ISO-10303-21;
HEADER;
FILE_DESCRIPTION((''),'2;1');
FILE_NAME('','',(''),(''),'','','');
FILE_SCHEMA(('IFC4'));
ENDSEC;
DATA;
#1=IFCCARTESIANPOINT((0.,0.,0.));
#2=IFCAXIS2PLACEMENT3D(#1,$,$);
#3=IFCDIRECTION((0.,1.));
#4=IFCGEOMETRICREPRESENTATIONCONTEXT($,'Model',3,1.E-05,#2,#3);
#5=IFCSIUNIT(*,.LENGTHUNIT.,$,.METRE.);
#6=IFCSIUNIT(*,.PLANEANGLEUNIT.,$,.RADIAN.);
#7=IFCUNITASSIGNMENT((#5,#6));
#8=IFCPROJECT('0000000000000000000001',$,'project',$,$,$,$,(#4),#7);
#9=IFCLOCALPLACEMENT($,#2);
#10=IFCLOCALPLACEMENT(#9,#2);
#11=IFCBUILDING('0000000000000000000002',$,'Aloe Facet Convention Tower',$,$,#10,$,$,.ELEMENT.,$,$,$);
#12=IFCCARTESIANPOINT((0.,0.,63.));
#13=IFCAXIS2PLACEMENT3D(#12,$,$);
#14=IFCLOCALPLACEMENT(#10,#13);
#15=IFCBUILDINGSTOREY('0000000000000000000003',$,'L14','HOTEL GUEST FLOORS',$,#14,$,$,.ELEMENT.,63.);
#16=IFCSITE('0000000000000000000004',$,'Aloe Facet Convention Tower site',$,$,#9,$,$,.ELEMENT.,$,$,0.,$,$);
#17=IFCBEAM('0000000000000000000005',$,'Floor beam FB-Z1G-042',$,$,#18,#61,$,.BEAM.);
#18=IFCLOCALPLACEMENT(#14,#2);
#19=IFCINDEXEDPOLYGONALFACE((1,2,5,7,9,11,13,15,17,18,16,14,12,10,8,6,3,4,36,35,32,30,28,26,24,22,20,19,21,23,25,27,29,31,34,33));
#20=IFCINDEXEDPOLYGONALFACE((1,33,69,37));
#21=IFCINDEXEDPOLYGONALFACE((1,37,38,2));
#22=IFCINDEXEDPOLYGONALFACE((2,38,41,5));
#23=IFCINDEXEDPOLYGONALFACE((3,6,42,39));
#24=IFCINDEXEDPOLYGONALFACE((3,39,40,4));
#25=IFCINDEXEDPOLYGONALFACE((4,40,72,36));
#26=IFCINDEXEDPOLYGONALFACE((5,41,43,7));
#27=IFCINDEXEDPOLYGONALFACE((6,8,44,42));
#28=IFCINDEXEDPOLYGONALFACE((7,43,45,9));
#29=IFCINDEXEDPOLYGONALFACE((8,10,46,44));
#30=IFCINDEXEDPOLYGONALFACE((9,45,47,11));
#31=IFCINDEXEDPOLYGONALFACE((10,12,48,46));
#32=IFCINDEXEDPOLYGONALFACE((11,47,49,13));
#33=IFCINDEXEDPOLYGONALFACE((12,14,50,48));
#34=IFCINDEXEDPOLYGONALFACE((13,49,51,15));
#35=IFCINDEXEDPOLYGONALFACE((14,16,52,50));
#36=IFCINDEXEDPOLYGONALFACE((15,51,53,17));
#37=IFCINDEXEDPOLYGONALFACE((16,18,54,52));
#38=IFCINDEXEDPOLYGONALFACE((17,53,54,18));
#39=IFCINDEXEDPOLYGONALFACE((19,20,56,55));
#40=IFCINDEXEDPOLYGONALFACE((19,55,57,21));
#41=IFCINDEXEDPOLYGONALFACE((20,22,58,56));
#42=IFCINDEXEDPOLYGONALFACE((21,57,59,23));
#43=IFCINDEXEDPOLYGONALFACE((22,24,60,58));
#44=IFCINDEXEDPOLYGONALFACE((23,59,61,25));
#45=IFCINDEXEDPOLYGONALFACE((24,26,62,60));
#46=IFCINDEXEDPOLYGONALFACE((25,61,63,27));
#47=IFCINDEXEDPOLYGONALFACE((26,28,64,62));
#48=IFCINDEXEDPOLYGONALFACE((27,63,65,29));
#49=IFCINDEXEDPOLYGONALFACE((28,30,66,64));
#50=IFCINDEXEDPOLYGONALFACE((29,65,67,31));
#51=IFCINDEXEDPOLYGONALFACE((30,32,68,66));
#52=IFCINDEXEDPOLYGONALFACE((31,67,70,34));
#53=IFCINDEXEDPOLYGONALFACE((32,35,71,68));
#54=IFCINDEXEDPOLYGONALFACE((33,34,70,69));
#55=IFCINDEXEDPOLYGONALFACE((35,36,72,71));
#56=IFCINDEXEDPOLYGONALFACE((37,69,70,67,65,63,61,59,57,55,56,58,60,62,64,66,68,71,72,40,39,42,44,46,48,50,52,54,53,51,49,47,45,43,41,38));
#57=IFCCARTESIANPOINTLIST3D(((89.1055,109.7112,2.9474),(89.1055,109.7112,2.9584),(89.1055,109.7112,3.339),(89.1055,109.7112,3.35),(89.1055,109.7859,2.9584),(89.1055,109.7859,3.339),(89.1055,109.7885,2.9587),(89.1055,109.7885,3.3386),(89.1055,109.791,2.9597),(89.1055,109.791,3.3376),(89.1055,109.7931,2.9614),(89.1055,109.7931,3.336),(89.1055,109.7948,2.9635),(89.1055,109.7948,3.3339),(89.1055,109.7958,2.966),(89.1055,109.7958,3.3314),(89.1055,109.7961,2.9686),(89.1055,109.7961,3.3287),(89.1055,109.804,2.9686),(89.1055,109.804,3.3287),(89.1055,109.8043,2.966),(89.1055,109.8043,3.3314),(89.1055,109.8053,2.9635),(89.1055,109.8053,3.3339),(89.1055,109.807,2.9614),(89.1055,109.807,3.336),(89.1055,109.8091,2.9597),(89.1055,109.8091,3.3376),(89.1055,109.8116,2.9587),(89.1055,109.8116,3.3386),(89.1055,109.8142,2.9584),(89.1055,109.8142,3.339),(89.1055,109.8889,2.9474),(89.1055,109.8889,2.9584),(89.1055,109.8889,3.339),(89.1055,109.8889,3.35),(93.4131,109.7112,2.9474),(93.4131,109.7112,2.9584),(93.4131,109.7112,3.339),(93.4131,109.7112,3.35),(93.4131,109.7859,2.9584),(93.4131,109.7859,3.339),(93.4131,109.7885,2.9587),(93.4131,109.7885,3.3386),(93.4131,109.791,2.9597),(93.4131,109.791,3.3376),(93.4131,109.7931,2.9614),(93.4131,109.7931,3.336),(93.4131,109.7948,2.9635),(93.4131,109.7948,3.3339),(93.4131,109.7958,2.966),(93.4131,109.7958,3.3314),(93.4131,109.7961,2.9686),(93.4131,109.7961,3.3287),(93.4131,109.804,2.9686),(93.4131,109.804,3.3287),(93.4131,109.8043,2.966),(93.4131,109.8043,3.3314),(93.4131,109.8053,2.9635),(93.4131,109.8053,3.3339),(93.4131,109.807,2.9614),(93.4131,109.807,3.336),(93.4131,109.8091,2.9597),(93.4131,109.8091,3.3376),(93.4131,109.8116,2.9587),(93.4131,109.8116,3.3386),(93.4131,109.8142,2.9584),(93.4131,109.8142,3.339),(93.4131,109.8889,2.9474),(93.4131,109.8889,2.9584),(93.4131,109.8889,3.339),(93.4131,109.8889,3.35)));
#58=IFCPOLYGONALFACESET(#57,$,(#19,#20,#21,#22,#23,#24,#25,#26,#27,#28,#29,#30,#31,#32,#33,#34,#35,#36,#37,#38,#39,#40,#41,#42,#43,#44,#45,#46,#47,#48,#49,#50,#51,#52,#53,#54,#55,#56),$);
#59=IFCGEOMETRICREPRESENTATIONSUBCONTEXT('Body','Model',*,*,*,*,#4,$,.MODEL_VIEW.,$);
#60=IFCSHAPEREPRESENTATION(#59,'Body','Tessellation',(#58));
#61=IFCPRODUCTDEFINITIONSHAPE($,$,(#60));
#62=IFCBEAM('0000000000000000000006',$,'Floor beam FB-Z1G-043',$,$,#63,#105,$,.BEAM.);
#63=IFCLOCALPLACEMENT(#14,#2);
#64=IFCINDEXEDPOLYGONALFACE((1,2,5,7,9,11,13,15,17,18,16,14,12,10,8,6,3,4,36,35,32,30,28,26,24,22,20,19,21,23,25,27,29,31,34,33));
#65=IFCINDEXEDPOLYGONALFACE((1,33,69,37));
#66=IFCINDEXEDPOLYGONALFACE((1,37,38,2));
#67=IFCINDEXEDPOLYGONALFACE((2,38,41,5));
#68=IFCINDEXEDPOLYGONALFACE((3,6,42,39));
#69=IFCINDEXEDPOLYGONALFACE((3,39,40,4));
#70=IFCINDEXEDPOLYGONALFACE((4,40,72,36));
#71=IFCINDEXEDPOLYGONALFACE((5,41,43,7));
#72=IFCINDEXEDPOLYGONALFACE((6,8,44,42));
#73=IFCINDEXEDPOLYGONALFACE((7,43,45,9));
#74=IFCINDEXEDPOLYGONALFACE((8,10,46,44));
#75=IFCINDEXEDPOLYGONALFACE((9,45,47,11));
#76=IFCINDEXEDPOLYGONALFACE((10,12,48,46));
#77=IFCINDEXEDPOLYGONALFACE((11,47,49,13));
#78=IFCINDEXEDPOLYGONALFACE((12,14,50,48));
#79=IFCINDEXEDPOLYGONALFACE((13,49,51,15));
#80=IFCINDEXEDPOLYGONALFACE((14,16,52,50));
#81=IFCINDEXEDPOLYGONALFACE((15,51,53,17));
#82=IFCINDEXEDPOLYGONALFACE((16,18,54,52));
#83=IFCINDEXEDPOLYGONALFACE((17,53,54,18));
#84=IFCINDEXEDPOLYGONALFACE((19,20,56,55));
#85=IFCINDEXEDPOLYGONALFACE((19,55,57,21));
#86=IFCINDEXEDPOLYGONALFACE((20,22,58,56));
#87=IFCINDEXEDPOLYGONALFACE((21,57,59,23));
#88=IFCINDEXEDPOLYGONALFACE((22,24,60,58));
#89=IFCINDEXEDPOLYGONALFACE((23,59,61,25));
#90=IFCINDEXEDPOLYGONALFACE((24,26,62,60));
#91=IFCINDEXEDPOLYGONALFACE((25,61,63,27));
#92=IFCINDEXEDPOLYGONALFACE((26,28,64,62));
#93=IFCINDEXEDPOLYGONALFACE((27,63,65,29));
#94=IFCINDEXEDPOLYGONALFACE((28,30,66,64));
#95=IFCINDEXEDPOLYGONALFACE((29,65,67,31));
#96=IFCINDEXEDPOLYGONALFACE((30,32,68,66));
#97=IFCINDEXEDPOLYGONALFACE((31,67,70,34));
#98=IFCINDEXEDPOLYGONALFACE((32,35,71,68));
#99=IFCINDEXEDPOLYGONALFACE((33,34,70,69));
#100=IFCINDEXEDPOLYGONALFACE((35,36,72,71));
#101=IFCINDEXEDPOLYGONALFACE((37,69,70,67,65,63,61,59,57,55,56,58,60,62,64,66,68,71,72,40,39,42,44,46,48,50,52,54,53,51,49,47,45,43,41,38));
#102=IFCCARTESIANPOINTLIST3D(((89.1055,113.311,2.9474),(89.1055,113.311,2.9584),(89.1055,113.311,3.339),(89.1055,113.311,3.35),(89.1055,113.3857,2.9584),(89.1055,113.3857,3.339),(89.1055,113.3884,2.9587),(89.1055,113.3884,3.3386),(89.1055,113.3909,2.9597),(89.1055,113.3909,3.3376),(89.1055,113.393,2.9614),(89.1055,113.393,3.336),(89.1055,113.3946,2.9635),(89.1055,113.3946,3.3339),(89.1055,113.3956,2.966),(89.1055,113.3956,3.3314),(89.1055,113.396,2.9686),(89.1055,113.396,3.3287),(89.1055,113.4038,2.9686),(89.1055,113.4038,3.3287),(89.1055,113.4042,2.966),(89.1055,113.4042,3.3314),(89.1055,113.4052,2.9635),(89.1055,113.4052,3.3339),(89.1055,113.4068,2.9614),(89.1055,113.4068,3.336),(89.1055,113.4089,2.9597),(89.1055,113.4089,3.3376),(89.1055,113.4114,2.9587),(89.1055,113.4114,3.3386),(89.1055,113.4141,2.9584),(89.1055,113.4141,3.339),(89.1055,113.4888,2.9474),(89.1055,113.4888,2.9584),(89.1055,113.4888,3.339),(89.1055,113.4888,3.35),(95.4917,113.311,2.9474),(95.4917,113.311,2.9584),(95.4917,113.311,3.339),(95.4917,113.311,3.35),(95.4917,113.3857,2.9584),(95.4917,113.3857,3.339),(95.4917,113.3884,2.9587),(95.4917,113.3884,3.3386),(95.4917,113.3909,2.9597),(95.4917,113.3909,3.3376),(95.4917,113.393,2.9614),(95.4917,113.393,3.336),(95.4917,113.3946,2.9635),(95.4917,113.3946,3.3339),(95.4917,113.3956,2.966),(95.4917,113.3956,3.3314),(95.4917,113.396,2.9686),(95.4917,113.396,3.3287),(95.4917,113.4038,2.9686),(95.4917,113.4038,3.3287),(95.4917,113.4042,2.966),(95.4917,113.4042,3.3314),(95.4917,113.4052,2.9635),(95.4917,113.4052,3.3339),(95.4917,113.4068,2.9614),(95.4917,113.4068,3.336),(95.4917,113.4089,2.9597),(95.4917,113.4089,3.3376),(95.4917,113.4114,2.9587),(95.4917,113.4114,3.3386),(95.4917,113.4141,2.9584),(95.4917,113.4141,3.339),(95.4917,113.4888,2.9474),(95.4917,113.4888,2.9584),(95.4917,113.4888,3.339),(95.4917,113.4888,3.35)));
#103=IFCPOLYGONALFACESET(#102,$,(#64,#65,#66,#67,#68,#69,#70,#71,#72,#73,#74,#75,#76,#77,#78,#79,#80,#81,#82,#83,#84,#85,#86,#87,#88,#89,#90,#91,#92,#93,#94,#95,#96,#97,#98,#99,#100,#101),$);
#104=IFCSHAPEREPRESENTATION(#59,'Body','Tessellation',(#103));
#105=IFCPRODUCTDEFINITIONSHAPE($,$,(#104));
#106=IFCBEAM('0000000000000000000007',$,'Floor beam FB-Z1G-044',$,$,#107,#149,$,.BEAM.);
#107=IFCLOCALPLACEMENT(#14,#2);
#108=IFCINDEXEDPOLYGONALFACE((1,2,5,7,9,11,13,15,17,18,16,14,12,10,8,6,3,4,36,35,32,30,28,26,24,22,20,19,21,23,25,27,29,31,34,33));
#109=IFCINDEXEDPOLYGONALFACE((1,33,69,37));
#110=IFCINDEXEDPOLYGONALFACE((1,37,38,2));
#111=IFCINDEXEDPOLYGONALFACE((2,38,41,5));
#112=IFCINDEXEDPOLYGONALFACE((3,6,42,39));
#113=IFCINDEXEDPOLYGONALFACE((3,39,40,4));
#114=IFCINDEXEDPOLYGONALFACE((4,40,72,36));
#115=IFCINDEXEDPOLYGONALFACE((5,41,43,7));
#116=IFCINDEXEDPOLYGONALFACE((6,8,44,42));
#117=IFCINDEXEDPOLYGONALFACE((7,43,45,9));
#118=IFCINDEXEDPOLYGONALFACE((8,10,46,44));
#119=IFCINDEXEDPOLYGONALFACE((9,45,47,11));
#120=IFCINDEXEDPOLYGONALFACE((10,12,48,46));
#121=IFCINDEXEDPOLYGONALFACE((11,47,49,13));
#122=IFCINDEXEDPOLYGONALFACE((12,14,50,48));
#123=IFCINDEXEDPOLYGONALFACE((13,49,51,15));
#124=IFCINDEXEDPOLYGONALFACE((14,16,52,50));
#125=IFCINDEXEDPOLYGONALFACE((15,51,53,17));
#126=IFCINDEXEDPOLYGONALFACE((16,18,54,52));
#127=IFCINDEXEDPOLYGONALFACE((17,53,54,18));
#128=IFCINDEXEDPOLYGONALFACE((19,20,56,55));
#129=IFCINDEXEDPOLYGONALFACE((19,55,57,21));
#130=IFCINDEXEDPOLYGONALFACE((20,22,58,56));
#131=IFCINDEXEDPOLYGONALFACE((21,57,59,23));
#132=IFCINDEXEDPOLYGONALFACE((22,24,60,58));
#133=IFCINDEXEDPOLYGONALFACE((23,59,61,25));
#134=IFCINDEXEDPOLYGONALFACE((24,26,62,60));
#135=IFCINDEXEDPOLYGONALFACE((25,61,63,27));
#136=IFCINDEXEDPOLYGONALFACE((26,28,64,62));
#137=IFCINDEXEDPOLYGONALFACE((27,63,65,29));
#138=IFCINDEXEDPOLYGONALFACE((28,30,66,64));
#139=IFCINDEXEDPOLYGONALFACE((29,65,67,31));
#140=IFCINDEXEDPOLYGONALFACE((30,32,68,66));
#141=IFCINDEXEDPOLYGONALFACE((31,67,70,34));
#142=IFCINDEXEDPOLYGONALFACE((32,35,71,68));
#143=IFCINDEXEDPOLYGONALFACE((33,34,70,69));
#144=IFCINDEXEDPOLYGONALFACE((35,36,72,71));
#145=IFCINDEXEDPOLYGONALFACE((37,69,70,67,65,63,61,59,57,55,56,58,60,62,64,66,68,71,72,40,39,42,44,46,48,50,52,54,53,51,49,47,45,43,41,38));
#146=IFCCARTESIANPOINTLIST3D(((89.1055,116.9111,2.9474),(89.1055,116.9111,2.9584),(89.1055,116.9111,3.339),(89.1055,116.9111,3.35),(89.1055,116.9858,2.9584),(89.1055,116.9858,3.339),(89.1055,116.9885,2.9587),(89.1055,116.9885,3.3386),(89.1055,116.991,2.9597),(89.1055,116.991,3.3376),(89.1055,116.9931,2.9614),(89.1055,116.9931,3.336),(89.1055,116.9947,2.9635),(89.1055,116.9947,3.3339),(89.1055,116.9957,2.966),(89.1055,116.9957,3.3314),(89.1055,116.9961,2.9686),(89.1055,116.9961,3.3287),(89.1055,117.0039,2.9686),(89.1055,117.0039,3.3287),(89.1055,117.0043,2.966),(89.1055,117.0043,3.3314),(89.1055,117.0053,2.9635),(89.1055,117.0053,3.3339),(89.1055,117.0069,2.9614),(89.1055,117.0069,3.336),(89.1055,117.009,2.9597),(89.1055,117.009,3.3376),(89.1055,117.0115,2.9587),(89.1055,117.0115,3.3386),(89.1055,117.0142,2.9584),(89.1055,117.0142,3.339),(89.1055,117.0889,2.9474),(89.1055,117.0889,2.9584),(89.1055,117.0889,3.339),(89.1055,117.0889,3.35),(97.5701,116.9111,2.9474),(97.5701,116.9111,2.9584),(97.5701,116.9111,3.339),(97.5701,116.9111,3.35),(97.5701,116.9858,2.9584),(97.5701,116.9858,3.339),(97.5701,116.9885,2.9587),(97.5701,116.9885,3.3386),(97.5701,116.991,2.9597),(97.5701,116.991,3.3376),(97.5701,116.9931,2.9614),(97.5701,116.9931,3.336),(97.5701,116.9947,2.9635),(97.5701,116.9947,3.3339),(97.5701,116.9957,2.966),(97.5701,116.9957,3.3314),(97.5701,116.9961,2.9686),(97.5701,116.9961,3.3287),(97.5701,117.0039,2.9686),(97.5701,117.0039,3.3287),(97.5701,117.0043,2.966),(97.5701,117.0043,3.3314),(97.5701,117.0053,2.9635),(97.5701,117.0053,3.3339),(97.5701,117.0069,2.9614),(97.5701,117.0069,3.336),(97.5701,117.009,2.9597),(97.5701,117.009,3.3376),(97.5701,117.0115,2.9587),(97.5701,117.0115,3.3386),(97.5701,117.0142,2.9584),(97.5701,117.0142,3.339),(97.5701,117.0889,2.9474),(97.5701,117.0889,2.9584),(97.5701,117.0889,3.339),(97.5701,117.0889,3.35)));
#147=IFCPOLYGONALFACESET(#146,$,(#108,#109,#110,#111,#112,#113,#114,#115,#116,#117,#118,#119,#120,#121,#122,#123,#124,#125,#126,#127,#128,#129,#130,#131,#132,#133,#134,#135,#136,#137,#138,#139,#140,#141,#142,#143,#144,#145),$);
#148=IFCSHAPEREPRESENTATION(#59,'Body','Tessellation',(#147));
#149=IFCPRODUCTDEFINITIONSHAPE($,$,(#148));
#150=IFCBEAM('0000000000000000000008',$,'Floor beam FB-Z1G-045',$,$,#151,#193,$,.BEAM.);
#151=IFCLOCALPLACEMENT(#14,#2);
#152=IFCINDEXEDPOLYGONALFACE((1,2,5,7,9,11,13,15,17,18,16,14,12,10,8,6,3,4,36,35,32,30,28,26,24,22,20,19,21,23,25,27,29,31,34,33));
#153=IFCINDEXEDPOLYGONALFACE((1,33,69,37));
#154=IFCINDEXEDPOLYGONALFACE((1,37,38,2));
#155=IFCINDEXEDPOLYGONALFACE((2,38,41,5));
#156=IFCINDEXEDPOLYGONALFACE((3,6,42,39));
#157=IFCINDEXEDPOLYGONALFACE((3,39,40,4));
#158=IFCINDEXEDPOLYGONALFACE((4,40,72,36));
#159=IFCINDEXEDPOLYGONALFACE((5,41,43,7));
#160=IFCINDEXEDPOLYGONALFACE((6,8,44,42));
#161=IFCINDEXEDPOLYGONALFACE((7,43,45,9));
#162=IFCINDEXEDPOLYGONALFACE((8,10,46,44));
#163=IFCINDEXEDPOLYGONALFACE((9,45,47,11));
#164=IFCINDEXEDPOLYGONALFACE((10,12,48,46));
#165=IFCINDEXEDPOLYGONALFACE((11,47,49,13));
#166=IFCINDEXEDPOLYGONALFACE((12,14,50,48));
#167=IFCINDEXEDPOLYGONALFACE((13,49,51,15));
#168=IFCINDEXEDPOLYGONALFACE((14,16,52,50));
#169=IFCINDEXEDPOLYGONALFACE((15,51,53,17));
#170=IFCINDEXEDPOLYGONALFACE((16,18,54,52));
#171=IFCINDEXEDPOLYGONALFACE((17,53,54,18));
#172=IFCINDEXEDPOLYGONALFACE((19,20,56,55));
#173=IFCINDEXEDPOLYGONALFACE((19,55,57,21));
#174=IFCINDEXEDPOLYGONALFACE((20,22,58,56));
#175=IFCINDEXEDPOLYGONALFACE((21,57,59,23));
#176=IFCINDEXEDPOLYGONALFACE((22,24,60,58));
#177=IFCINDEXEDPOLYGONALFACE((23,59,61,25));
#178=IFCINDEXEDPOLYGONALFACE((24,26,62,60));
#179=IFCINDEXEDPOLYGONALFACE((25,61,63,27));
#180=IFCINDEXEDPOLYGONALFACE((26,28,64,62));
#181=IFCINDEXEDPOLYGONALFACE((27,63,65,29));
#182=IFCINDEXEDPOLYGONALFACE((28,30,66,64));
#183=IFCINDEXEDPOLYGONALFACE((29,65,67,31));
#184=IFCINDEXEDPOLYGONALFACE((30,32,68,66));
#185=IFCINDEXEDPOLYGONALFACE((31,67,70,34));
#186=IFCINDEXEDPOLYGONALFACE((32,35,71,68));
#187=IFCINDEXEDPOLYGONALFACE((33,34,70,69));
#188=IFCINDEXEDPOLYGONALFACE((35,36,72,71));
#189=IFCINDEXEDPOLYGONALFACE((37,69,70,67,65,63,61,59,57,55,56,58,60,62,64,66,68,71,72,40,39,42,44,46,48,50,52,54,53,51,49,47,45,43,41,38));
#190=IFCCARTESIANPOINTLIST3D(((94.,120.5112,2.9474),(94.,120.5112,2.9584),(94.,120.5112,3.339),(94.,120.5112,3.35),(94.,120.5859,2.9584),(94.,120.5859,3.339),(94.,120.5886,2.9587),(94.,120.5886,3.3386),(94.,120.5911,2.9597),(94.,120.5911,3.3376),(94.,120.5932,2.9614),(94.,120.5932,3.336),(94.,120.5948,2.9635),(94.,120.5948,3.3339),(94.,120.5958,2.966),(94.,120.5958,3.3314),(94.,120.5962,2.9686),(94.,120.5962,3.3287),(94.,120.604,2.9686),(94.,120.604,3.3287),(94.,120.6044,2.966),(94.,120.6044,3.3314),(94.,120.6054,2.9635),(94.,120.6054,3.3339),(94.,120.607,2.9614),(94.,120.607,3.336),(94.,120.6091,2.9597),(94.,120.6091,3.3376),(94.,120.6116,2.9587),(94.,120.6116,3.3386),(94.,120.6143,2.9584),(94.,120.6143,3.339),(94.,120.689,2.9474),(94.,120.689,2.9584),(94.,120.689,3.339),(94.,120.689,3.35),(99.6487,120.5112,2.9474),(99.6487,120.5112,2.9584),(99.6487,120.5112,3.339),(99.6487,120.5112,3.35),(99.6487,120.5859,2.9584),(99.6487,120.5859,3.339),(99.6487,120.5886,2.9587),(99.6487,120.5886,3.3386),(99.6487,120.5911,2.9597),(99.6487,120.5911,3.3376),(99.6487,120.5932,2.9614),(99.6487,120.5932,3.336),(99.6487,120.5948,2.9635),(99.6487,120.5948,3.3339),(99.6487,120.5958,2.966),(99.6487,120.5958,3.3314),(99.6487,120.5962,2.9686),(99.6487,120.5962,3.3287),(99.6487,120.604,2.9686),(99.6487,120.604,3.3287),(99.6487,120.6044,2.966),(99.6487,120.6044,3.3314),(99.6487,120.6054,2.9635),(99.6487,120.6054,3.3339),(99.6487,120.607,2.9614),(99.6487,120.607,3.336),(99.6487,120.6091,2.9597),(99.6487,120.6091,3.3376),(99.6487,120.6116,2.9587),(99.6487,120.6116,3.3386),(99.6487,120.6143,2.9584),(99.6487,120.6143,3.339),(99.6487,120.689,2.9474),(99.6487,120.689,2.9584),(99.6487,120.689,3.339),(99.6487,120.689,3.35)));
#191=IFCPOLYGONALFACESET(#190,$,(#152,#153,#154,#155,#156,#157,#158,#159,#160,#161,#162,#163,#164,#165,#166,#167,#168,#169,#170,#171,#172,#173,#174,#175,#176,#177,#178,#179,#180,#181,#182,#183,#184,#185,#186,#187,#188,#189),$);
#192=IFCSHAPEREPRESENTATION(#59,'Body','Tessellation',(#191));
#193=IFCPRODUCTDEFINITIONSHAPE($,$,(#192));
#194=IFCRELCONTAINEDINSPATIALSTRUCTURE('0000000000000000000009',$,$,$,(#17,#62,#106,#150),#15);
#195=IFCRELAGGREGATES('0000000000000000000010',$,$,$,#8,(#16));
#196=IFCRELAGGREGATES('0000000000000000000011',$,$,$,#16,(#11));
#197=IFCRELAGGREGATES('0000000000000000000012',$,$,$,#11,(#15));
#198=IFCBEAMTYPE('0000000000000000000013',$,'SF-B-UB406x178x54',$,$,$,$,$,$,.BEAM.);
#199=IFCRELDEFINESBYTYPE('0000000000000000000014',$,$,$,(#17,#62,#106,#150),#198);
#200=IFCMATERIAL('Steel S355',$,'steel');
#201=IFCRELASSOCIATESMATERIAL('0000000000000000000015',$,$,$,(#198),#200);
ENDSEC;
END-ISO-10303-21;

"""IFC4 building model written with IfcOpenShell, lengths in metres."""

from ifc_helpers import new_model, si_unit, direction, frame, origin, origin_2d, place, context, subcontext, project, spatial, i_section, extrude, material, material_profile, profile_set, type_object, element, save


model = new_model("IFC4")

# Units and contexts
model_context = context("Model", 3, precision=1e-05, world=origin(), true_north=direction((0.0, 1.0)))
body_context = subcontext(model_context, "Body", "Model", "MODEL_VIEW")
ifc_project = project(units=[si_unit("LENGTHUNIT", "METRE"), si_unit("PLANEANGLEUNIT", "RADIAN")], contexts=[model_context])

# Site, building, storey
site_placement = place(None, origin())
site = spatial("IfcSite", under=ifc_project, at=site_placement, Name="Aloe Facet Convention Tower site", CompositionType="ELEMENT", RefElevation=0.0)
building_placement = place(site_placement, origin())
building = spatial("IfcBuilding", under=site, at=building_placement, Name="Aloe Facet Convention Tower", CompositionType="ELEMENT")
storey_placement = place(building_placement, frame((0.0, 0.0, 63.0)))
storey = spatial("IfcBuildingStorey", under=building, at=storey_placement, Name="L14", Description="HOTEL GUEST FLOORS", CompositionType="ELEMENT", Elevation=63.0)

# Beams
ifc_material_1 = material(Name="Steel S355", Category="steel")
ifc_material_profile_1 = material_profile(ifc_material_1, i_section(OverallWidth=0.1777, OverallDepth=0.4026, WebThickness=0.0078, FlangeThickness=0.011, FilletRadius=0.0103, at=origin_2d()), Name="UB 406x178x54")
ifc_profile_set_1 = profile_set([ifc_material_profile_1], Name="Steel S355")
beam_type_1 = type_object("IfcBeamType", Name="SF-B-UB406x178x54", PredefinedType="BEAM", material=ifc_profile_set_1)
beam_1_placement = place(storey_placement, frame((89.1055, 109.8, 3.1487), z_axis=(1.0, 0.0, 0.0), x_axis=(0.0, 1.0, 0.0)))
element("IfcBeam", 1, at=beam_1_placement, inside=storey, type_object=beam_type_1, Name="Floor beam FB-Z1G-042", PredefinedType="BEAM", context=body_context, shape_type="SweptSolid", body=[
    extrude(i_section(OverallWidth=0.1777, OverallDepth=0.4026, WebThickness=0.0078, FlangeThickness=0.011, FilletRadius=0.0103, at=origin_2d()), origin(), (0.0, 0.0, 1.0), 4.3076),
])
beam_2_placement = place(storey_placement, frame((89.1055, 113.3999, 3.1487), z_axis=(1.0, 0.0, 0.0), x_axis=(0.0, 1.0, 0.0)))
element("IfcBeam", 2, at=beam_2_placement, inside=storey, type_object=beam_type_1, Name="Floor beam FB-Z1G-043", PredefinedType="BEAM", context=body_context, shape_type="SweptSolid", body=[
    extrude(i_section(OverallWidth=0.1777, OverallDepth=0.4026, WebThickness=0.0078, FlangeThickness=0.011, FilletRadius=0.0103, at=origin_2d()), origin(), (0.0, 0.0, 1.0), 6.3862),
])
beam_3_placement = place(storey_placement, frame((89.1055, 117.0, 3.1487), z_axis=(1.0, 0.0, 0.0), x_axis=(0.0, 1.0, 0.0)))
element("IfcBeam", 3, at=beam_3_placement, inside=storey, type_object=beam_type_1, Name="Floor beam FB-Z1G-044", PredefinedType="BEAM", context=body_context, shape_type="SweptSolid", body=[
    extrude(i_section(OverallWidth=0.1777, OverallDepth=0.4026, WebThickness=0.0078, FlangeThickness=0.011, FilletRadius=0.0103, at=origin_2d()), origin(), (0.0, 0.0, 1.0), 8.4646),
])
beam_4_placement = place(storey_placement, frame((94.0, 120.6001, 3.1487), z_axis=(1.0, 0.0, 0.0), x_axis=(0.0, 1.0, 0.0)))
element("IfcBeam", 4, at=beam_4_placement, inside=storey, type_object=beam_type_1, Name="Floor beam FB-Z1G-045", PredefinedType="BEAM", context=body_context, shape_type="SweptSolid", body=[
    extrude(i_section(OverallWidth=0.1777, OverallDepth=0.4026, WebThickness=0.0078, FlangeThickness=0.011, FilletRadius=0.0103, at=origin_2d()), origin(), (0.0, 0.0, 1.0), 5.6487),
])

save(model, "model.ifc")
